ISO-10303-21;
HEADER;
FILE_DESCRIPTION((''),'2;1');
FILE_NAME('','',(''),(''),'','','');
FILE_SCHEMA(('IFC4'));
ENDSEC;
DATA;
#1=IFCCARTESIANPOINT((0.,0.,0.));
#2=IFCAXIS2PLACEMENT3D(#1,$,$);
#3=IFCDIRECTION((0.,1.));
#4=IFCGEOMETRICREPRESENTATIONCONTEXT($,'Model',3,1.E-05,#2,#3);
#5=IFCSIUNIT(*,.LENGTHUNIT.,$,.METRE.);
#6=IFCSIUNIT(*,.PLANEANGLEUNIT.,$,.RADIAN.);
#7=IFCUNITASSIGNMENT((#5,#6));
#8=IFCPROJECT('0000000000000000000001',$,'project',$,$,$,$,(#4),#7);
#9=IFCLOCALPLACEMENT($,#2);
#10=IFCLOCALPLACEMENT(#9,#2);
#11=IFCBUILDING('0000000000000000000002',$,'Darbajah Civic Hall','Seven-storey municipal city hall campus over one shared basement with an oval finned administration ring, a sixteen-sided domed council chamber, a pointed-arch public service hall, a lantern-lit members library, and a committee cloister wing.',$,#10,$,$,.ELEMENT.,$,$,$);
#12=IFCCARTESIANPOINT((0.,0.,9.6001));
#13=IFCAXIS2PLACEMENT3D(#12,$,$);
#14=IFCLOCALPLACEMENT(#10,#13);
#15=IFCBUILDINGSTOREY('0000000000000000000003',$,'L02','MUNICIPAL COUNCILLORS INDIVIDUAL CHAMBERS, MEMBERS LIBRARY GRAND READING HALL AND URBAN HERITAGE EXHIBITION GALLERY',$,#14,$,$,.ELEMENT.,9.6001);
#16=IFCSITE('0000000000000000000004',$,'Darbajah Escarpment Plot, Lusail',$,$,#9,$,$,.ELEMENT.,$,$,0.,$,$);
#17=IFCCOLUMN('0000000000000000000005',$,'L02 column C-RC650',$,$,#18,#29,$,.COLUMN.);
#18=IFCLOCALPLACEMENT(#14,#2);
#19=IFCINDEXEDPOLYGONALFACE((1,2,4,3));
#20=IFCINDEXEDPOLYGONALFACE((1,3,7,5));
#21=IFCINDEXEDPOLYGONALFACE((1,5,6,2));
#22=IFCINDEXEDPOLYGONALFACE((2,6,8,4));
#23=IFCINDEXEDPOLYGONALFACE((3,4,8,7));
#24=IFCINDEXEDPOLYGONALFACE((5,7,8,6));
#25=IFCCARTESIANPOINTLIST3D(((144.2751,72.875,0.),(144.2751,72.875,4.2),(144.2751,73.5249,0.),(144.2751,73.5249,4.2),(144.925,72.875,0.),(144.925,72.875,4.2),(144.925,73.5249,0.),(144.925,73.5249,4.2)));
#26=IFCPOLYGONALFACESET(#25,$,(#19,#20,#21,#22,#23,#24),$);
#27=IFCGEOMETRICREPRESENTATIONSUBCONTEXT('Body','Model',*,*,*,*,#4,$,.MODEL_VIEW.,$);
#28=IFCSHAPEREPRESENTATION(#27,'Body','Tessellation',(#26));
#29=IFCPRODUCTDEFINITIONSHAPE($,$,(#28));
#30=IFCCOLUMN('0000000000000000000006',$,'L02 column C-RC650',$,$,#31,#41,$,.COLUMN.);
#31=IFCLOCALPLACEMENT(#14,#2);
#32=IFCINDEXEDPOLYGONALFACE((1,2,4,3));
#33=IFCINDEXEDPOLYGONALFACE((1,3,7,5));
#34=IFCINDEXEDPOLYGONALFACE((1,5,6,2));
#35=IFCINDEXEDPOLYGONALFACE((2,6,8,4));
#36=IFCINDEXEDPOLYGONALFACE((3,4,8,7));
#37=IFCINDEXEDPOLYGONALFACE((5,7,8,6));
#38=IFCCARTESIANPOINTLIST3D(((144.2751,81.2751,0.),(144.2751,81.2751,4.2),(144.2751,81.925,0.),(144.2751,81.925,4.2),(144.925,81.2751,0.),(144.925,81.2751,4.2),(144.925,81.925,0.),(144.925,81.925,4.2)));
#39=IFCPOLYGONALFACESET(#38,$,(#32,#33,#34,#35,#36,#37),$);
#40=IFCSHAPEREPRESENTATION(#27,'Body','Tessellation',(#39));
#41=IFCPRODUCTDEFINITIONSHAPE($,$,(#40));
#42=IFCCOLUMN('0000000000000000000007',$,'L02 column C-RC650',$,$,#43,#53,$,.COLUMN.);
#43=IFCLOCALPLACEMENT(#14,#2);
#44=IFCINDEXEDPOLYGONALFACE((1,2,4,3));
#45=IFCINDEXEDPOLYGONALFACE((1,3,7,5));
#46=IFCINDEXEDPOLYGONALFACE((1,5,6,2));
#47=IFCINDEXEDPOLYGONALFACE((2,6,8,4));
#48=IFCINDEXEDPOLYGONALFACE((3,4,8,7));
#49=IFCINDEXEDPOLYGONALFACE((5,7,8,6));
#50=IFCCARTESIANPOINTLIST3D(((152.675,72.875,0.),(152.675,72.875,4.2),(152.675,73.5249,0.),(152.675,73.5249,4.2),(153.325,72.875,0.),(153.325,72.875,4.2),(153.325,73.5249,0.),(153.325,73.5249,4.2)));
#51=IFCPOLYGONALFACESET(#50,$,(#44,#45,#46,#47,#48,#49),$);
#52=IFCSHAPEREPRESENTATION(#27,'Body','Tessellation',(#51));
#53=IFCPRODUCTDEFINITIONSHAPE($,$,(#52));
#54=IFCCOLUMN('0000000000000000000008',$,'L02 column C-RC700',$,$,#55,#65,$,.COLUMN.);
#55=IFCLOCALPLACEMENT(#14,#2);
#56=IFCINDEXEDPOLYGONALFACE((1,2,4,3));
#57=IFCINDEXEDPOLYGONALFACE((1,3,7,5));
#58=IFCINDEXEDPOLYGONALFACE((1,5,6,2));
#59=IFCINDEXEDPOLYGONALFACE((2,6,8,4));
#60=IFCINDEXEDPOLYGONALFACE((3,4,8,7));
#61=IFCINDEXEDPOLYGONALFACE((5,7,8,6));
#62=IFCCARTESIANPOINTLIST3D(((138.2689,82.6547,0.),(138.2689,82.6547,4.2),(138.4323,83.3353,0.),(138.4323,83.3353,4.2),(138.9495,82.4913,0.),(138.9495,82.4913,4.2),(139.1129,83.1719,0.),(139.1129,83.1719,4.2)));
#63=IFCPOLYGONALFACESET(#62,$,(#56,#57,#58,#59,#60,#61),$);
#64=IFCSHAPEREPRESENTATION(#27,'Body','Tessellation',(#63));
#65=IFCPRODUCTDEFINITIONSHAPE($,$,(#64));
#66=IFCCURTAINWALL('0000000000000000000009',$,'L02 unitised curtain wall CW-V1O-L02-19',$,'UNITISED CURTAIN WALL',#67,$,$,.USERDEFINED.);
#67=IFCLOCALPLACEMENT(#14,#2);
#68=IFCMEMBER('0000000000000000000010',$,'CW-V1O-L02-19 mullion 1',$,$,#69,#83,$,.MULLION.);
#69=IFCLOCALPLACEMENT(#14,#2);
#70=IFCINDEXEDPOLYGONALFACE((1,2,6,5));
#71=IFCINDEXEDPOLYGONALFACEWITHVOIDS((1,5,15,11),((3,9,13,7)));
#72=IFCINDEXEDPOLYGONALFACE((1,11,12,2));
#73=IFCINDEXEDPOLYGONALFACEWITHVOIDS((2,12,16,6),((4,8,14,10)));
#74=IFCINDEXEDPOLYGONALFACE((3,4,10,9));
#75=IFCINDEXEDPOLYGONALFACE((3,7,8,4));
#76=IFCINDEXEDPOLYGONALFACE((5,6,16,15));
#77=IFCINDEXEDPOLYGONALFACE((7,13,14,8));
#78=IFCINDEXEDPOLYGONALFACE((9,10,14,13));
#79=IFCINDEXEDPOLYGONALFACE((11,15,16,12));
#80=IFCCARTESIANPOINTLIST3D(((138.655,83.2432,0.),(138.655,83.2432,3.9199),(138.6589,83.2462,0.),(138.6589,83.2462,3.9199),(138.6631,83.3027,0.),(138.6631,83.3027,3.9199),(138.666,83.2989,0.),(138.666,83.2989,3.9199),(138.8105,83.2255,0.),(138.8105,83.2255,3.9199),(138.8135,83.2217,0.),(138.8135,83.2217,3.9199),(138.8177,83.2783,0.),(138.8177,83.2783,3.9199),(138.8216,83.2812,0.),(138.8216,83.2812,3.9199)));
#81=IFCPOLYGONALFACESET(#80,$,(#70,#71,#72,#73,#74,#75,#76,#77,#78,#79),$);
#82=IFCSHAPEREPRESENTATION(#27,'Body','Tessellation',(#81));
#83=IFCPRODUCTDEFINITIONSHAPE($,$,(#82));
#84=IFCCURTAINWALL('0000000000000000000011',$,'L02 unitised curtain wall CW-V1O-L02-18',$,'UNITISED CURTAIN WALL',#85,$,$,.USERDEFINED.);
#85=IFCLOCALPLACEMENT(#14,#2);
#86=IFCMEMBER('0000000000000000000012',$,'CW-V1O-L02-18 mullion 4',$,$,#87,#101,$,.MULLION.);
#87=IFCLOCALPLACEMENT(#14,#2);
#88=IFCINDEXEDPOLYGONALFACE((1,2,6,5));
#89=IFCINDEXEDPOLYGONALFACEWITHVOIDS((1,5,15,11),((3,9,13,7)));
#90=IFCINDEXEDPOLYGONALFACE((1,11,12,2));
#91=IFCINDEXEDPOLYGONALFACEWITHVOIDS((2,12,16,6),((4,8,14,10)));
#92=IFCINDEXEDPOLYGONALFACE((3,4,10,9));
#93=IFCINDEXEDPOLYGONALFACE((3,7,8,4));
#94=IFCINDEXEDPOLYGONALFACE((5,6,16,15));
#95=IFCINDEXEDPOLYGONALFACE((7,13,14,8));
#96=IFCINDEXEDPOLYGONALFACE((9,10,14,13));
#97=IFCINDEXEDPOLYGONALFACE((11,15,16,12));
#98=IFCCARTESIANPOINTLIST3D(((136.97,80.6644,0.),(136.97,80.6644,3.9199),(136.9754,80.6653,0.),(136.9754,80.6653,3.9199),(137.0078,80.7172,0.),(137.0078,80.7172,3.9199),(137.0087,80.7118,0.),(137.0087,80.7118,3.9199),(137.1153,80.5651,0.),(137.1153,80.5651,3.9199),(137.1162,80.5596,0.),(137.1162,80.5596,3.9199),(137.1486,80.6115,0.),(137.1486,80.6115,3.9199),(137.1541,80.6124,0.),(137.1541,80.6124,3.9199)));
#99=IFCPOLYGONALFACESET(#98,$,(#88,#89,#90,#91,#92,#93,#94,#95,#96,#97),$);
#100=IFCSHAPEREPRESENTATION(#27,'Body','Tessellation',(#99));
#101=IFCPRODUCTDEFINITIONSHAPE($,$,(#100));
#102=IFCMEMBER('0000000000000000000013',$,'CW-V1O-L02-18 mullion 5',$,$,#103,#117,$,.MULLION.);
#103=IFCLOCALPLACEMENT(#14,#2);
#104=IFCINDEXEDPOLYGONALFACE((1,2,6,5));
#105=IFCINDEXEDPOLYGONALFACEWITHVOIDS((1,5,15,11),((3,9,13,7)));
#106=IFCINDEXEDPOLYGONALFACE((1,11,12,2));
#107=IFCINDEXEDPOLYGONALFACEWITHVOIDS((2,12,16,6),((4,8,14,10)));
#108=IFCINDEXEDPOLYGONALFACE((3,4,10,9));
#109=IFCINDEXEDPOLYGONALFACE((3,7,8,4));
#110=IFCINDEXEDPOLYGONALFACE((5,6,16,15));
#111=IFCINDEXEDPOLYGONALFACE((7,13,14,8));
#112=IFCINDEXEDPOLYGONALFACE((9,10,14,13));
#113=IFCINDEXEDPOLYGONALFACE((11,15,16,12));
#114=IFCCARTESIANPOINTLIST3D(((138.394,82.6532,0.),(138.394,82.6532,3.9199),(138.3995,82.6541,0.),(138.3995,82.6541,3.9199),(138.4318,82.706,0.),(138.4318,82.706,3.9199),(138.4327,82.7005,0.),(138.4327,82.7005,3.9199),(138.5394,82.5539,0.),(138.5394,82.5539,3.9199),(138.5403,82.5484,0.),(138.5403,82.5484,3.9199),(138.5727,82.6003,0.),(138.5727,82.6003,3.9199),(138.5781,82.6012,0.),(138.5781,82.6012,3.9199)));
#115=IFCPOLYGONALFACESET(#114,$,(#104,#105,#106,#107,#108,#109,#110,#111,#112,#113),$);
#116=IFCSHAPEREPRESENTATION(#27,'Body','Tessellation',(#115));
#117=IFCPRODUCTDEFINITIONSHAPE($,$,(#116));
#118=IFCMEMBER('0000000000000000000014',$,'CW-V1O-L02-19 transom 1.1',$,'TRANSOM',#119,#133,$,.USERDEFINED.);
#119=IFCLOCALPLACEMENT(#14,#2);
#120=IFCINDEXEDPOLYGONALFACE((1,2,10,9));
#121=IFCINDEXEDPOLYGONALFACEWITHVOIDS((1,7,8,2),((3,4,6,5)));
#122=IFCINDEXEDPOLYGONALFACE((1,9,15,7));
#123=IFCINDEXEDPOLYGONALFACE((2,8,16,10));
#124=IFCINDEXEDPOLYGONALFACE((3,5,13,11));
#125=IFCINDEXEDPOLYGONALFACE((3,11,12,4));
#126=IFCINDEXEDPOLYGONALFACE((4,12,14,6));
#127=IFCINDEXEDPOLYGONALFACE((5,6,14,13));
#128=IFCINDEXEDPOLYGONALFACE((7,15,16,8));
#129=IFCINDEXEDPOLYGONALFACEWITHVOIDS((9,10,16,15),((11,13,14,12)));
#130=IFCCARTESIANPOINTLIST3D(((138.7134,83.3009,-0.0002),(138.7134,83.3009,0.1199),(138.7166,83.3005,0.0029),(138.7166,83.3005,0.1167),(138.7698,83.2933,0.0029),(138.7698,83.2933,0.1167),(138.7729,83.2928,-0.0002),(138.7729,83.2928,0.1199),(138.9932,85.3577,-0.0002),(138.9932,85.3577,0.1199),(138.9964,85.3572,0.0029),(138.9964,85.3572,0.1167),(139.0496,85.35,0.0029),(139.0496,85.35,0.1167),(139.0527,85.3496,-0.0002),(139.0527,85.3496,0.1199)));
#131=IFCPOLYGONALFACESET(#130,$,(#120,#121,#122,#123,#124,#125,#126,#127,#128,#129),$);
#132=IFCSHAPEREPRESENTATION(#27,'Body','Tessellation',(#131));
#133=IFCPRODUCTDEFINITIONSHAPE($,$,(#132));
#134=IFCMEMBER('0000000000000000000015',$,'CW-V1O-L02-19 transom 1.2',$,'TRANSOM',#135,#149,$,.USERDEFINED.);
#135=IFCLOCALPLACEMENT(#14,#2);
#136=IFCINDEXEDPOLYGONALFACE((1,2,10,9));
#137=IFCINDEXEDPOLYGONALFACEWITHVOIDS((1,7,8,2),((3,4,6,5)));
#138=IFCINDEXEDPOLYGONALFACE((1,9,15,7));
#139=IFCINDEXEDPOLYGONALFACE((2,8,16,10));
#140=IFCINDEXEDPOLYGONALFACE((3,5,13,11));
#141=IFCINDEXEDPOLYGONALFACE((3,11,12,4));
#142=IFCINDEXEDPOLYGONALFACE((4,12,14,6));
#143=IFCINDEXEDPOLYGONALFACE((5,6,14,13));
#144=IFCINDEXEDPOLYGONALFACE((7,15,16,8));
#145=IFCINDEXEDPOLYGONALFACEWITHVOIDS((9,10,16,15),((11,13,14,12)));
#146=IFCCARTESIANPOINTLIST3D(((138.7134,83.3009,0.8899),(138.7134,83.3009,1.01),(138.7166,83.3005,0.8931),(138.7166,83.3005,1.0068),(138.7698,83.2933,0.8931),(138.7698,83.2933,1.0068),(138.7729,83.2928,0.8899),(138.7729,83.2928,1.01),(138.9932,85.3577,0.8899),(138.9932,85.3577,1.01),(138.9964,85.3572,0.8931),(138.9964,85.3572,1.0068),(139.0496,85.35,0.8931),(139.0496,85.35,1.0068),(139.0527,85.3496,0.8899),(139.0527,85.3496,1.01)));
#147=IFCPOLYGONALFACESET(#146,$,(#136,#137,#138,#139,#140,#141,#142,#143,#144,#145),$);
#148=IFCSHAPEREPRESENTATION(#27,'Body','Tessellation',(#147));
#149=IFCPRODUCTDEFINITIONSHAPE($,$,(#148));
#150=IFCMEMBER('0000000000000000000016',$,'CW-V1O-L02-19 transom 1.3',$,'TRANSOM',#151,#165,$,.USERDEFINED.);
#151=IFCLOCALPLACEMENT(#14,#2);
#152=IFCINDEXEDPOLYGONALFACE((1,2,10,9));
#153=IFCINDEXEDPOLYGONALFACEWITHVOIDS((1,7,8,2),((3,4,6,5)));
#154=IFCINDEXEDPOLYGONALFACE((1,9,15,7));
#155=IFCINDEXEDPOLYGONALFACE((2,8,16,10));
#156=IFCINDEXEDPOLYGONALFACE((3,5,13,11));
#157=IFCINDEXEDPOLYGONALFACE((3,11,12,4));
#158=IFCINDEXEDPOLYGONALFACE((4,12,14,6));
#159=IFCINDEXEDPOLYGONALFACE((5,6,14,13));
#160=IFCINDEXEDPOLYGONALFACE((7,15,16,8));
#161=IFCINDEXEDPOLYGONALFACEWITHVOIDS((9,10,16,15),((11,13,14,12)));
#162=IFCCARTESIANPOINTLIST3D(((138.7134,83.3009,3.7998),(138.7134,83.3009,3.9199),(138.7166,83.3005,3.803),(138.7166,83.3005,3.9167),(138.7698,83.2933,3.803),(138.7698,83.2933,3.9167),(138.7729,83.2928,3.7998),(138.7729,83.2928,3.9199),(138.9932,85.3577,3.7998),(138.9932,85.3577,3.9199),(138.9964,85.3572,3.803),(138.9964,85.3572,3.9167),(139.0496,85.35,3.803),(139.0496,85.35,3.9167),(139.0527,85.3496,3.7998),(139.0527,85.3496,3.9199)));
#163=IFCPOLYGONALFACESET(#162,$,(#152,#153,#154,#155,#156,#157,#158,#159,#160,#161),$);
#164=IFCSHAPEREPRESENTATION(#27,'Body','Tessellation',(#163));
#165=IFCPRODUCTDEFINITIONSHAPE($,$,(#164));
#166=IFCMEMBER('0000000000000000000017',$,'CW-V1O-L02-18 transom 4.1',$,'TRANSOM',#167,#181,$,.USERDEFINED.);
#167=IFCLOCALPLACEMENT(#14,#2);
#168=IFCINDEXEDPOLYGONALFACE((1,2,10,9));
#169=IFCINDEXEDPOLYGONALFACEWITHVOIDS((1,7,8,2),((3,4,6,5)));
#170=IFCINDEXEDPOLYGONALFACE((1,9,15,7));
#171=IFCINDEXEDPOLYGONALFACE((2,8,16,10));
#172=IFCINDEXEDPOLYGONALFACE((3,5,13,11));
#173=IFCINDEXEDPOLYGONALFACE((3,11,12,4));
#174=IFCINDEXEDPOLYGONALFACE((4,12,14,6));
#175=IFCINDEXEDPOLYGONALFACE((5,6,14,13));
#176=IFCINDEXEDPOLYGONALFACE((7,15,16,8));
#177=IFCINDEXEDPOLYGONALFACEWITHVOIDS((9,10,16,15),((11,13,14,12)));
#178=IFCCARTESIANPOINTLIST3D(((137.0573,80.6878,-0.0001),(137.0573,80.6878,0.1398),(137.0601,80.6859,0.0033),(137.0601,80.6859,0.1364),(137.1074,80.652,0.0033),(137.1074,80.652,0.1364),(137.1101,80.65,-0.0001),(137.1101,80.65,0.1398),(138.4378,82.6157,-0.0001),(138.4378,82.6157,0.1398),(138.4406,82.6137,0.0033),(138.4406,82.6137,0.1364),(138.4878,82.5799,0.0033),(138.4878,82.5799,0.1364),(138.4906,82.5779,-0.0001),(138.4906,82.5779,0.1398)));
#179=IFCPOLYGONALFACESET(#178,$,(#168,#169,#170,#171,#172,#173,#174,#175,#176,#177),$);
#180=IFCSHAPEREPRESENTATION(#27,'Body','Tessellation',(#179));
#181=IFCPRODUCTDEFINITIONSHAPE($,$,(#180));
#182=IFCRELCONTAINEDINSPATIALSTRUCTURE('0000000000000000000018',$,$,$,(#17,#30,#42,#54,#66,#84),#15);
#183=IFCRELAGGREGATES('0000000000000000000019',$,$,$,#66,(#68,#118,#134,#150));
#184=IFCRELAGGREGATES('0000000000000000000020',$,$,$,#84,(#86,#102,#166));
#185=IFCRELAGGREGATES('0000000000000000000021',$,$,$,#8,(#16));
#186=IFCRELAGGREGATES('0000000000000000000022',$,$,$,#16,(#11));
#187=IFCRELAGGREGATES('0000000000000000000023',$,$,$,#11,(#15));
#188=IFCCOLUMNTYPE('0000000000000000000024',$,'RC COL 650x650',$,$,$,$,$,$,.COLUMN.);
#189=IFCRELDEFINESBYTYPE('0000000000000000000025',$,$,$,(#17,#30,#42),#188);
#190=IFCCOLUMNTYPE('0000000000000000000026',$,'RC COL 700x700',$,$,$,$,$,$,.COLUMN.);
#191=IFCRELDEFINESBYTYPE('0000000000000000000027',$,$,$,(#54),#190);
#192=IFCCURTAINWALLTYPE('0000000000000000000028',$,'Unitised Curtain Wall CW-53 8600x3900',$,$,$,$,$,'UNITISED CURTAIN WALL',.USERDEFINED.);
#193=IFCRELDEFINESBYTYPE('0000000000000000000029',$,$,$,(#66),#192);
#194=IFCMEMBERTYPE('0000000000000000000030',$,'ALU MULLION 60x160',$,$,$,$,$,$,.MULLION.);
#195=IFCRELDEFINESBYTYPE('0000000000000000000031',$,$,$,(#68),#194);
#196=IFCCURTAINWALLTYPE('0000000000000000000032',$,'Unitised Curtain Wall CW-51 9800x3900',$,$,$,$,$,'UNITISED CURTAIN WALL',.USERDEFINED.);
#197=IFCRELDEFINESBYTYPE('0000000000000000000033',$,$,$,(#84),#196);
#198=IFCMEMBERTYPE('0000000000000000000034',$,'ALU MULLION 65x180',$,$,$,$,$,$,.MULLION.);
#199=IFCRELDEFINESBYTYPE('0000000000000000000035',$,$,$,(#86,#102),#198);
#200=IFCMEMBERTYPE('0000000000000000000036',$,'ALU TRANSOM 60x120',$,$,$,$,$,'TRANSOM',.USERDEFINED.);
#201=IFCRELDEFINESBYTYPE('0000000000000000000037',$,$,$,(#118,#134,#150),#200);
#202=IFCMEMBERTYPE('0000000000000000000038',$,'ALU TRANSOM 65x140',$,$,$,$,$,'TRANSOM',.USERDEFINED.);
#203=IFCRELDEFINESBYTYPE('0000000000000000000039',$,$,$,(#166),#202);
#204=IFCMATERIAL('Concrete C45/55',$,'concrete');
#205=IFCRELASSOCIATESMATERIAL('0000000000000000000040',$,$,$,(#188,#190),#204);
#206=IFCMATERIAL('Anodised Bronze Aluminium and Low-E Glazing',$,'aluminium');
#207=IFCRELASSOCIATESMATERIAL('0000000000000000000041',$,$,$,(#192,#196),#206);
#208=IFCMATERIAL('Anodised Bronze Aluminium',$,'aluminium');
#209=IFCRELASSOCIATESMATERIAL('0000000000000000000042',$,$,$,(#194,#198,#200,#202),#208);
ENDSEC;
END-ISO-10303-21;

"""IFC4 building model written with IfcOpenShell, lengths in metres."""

from ifc_helpers import new_model, si_unit, direction, frame, origin, origin_2d, place, context, subcontext, project, spatial, rectangle, hollow_rectangle, extrude, material, material_profile, profile_set, type_object, element, aggregate, save


model = new_model("IFC4")

# Units and contexts
model_context = context("Model", 3, precision=1e-05, world=origin(), true_north=direction((0.0, 1.0)))
body_context = subcontext(model_context, "Body", "Model", "MODEL_VIEW")
ifc_project = project(units=[si_unit("LENGTHUNIT", "METRE"), si_unit("PLANEANGLEUNIT", "RADIAN")], contexts=[model_context])

# Site, building, storey
site_placement = place(None, origin())
site = spatial("IfcSite", under=ifc_project, at=site_placement, Name="Darbajah Escarpment Plot, Lusail", CompositionType="ELEMENT", RefElevation=0.0)
building_placement = place(site_placement, origin())
building = spatial("IfcBuilding", under=site, at=building_placement, Name="Darbajah Civic Hall", Description="Seven-storey municipal city hall campus over one shared basement with an oval finned administration ring, a sixteen-sided domed council chamber, a pointed-arch public service hall, a lantern-lit members library, and a committee cloister wing.", CompositionType="ELEMENT")
storey_placement = place(building_placement, frame((0.0, 0.0, 9.6001)))
storey = spatial("IfcBuildingStorey", under=building, at=storey_placement, Name="L02", Description="MUNICIPAL COUNCILLORS INDIVIDUAL CHAMBERS, MEMBERS LIBRARY GRAND READING HALL AND URBAN HERITAGE EXHIBITION GALLERY", CompositionType="ELEMENT", Elevation=9.6001)

# Columns
ifc_material_1 = material(Name="Concrete C45/55", Category="concrete")
ifc_material_profile_1 = material_profile(ifc_material_1, rectangle(XDim=0.6499, YDim=0.6499, at=origin_2d()), Name="RC COL 650x650")
ifc_profile_set_1 = profile_set([ifc_material_profile_1], Name="Concrete C45/55")
column_type_1 = type_object("IfcColumnType", Name="RC COL 650x650", PredefinedType="COLUMN", material=ifc_profile_set_1)
for number, where, z_axis, x_axis, name in (
    (1, (144.6001, 73.2, 0.0), (0.0, 0.0, 1.0), (1.0, 0.0, 0.0), "L02 column C-RC650"),
    (2, (144.6001, 81.6001, 0.0), (0.0, 0.0, 1.0), (1.0, 0.0, 0.0), "L02 column C-RC650"),
    (3, (153.0, 73.2, 0.0), (0.0, 0.0, 1.0), (1.0, 0.0, 0.0), "L02 column C-RC650"),
):
    element("IfcColumn", number, at=place(storey_placement, frame(where, z_axis=z_axis, x_axis=x_axis)), inside=storey, type_object=column_type_1, Name=name, PredefinedType="COLUMN", context=body_context, shape_type="SweptSolid", body=[
        extrude(rectangle(XDim=0.6499, YDim=0.6499, at=origin_2d()), origin(), (0.0, 0.0, 1.0), 4.2),
    ])
ifc_material_profile_2 = material_profile(ifc_material_1, rectangle(XDim=0.7, YDim=0.7, at=origin_2d()), Name="RC COL 700x700")
ifc_profile_set_2 = profile_set([ifc_material_profile_2], Name="Concrete C45/55")
column_type_2 = type_object("IfcColumnType", Name="RC COL 700x700", PredefinedType="COLUMN", material=ifc_profile_set_2)
column_placement = place(storey_placement, frame((138.6909, 82.9133, 0.0), z_axis=(0.0, 0.0, 1.0), x_axis=(0.97237, -0.233445, 0.0)))
element("IfcColumn", 4, at=column_placement, inside=storey, type_object=column_type_2, Name="L02 column C-RC700", PredefinedType="COLUMN", context=body_context, shape_type="SweptSolid", body=[
    extrude(rectangle(XDim=0.7, YDim=0.7, at=origin_2d()), origin(), (0.0, 0.0, 1.0), 4.2),
])

# Curtain wall, member
ifc_material_2 = material(Name="Anodised Bronze Aluminium and Low-E Glazing", Category="aluminium")
curtain_wall_type_1 = type_object("IfcCurtainWallType", Name="Unitised Curtain Wall CW-53 8600x3900", ElementType="UNITISED CURTAIN WALL", PredefinedType="USERDEFINED", material=ifc_material_2)
curtain_wall_1_placement = place(storey_placement, origin())
curtain_wall_1 = element("IfcCurtainWall", 5, at=curtain_wall_1_placement, inside=storey, type_object=curtain_wall_type_1, Name="L02 unitised curtain wall CW-V1O-L02-19", ObjectType="UNITISED CURTAIN WALL", PredefinedType="USERDEFINED")
ifc_material_3 = material(Name="Anodised Bronze Aluminium", Category="aluminium")
ifc_material_profile_3 = material_profile(ifc_material_3, hollow_rectangle(XDim=0.0601, YDim=0.1599, WallThickness=0.0034, at=origin_2d()), Name="ALU MULLION 60x160")
ifc_profile_set_3 = profile_set([ifc_material_profile_3], Name="Anodised Bronze Aluminium")
member_type_1 = type_object("IfcMemberType", Name="ALU MULLION 60x160", PredefinedType="MULLION", material=ifc_profile_set_3)
member_1_placement = place(storey_placement, frame((138.7383, 83.2622, 0.0), z_axis=(0.0, 0.0, 1.0), x_axis=(0.134851, 0.990866, 0.0)))
member_1 = element("IfcMember", 6, at=member_1_placement, type_object=member_type_1, Name="CW-V1O-L02-19 mullion 1", PredefinedType="MULLION", context=body_context, shape_type="SweptSolid", body=[
    extrude(hollow_rectangle(XDim=0.0601, YDim=0.1599, WallThickness=0.0034, at=origin_2d()), origin(), (0.0, 0.0, 1.0), 3.9199),
])

# Curtain wall, members
curtain_wall_type_2 = type_object("IfcCurtainWallType", Name="Unitised Curtain Wall CW-51 9800x3900", ElementType="UNITISED CURTAIN WALL", PredefinedType="USERDEFINED", material=ifc_material_2)
curtain_wall_2_placement = place(storey_placement, origin())
curtain_wall_2 = element("IfcCurtainWall", 7, at=curtain_wall_2_placement, inside=storey, type_object=curtain_wall_type_2, Name="L02 unitised curtain wall CW-V1O-L02-18", ObjectType="UNITISED CURTAIN WALL", PredefinedType="USERDEFINED")
ifc_material_profile_4 = material_profile(ifc_material_3, hollow_rectangle(XDim=0.0649, YDim=0.1799, WallThickness=0.0039, at=origin_2d()), Name="ALU MULLION 65x180")
ifc_profile_set_4 = profile_set([ifc_material_profile_4], Name="Anodised Bronze Aluminium")
member_type_2 = type_object("IfcMemberType", Name="ALU MULLION 65x180", PredefinedType="MULLION", material=ifc_profile_set_4)
member_2_placement = place(storey_placement, frame((137.062, 80.6384, 0.0), z_axis=(0.0, 0.0, 1.0), x_axis=(0.582265, 0.812999, 0.0)))
member_2 = element("IfcMember", 8, at=member_2_placement, type_object=member_type_2, Name="CW-V1O-L02-18 mullion 4", PredefinedType="MULLION", context=body_context, shape_type="SweptSolid", body=[
    extrude(hollow_rectangle(XDim=0.0649, YDim=0.1799, WallThickness=0.0039, at=origin_2d()), origin(), (0.0, 0.0, 1.0), 3.9199),
])
member_3_placement = place(storey_placement, frame((138.4861, 82.6272, 0.0), z_axis=(0.0, 0.0, 1.0), x_axis=(0.582265, 0.812999, 0.0)))
member_3 = element("IfcMember", 9, at=member_3_placement, type_object=member_type_2, Name="CW-V1O-L02-18 mullion 5", PredefinedType="MULLION", context=body_context, shape_type="SweptSolid", body=[
    extrude(hollow_rectangle(XDim=0.0649, YDim=0.1799, WallThickness=0.0039, at=origin_2d()), origin(), (0.0, 0.0, 1.0), 3.9199),
])

# Members
ifc_material_profile_5 = material_profile(ifc_material_3, hollow_rectangle(XDim=0.0601, YDim=0.1201, WallThickness=0.0032, at=origin_2d()), Name="ALU TRANSOM 60x120")
ifc_profile_set_5 = profile_set([ifc_material_profile_5], Name="Anodised Bronze Aluminium")
member_type_3 = type_object("IfcMemberType", Name="ALU TRANSOM 60x120", ElementType="TRANSOM", PredefinedType="USERDEFINED", material=ifc_profile_set_5)
member_4_placement = place(storey_placement, frame((138.7432, 83.2969, 0.0598), z_axis=(0.134798, 0.990873, 0.0), x_axis=(-0.990873, 0.134798, 0.0)))
member_4 = element("IfcMember", 10, at=member_4_placement, type_object=member_type_3, Name="CW-V1O-L02-19 transom 1.1", ObjectType="TRANSOM", PredefinedType="USERDEFINED", context=body_context, shape_type="SweptSolid", body=[
    extrude(hollow_rectangle(XDim=0.0601, YDim=0.1201, WallThickness=0.0032, at=origin_2d()), origin(), (0.0, 0.0, 1.0), 2.0757),
])
member_5_placement = place(storey_placement, frame((138.7432, 83.2969, 0.95), z_axis=(0.134798, 0.990873, 0.0), x_axis=(-0.990873, 0.134798, 0.0)))
member_5 = element("IfcMember", 11, at=member_5_placement, type_object=member_type_3, Name="CW-V1O-L02-19 transom 1.2", ObjectType="TRANSOM", PredefinedType="USERDEFINED", context=body_context, shape_type="SweptSolid", body=[
    extrude(hollow_rectangle(XDim=0.0601, YDim=0.1201, WallThickness=0.0032, at=origin_2d()), origin(), (0.0, 0.0, 1.0), 2.0757),
])
member_6_placement = place(storey_placement, frame((138.7432, 83.2969, 3.8599), z_axis=(0.134798, 0.990873, 0.0), x_axis=(-0.990873, 0.134798, 0.0)))
member_6 = element("IfcMember", 12, at=member_6_placement, type_object=member_type_3, Name="CW-V1O-L02-19 transom 1.3", ObjectType="TRANSOM", PredefinedType="USERDEFINED", context=body_context, shape_type="SweptSolid", body=[
    extrude(hollow_rectangle(XDim=0.0601, YDim=0.1201, WallThickness=0.0032, at=origin_2d()), origin(), (0.0, 0.0, 1.0), 2.0757),
])
ifc_material_profile_6 = material_profile(ifc_material_3, hollow_rectangle(XDim=0.0649, YDim=0.1399, WallThickness=0.0034, at=origin_2d()), Name="ALU TRANSOM 65x140")
ifc_profile_set_6 = profile_set([ifc_material_profile_6], Name="Anodised Bronze Aluminium")
member_type_4 = type_object("IfcMemberType", Name="ALU TRANSOM 65x140", ElementType="TRANSOM", PredefinedType="USERDEFINED", material=ifc_profile_set_6)
member_7_placement = place(storey_placement, frame((137.0837, 80.6689, 0.0698), z_axis=(0.582192, 0.813051, 0.0), x_axis=(-0.813051, 0.582192, 0.0)))
member_7 = element("IfcMember", 13, at=member_7_placement, type_object=member_type_4, Name="CW-V1O-L02-18 transom 4.1", ObjectType="TRANSOM", PredefinedType="USERDEFINED", context=body_context, shape_type="SweptSolid", body=[
    extrude(hollow_rectangle(XDim=0.0649, YDim=0.1399, WallThickness=0.0034, at=origin_2d()), origin(), (0.0, 0.0, 1.0), 2.3711),
])

aggregate(curtain_wall_1, [member_1, member_4, member_5, member_6])
aggregate(curtain_wall_2, [member_2, member_3, member_7])

save(model, "model.ifc")
